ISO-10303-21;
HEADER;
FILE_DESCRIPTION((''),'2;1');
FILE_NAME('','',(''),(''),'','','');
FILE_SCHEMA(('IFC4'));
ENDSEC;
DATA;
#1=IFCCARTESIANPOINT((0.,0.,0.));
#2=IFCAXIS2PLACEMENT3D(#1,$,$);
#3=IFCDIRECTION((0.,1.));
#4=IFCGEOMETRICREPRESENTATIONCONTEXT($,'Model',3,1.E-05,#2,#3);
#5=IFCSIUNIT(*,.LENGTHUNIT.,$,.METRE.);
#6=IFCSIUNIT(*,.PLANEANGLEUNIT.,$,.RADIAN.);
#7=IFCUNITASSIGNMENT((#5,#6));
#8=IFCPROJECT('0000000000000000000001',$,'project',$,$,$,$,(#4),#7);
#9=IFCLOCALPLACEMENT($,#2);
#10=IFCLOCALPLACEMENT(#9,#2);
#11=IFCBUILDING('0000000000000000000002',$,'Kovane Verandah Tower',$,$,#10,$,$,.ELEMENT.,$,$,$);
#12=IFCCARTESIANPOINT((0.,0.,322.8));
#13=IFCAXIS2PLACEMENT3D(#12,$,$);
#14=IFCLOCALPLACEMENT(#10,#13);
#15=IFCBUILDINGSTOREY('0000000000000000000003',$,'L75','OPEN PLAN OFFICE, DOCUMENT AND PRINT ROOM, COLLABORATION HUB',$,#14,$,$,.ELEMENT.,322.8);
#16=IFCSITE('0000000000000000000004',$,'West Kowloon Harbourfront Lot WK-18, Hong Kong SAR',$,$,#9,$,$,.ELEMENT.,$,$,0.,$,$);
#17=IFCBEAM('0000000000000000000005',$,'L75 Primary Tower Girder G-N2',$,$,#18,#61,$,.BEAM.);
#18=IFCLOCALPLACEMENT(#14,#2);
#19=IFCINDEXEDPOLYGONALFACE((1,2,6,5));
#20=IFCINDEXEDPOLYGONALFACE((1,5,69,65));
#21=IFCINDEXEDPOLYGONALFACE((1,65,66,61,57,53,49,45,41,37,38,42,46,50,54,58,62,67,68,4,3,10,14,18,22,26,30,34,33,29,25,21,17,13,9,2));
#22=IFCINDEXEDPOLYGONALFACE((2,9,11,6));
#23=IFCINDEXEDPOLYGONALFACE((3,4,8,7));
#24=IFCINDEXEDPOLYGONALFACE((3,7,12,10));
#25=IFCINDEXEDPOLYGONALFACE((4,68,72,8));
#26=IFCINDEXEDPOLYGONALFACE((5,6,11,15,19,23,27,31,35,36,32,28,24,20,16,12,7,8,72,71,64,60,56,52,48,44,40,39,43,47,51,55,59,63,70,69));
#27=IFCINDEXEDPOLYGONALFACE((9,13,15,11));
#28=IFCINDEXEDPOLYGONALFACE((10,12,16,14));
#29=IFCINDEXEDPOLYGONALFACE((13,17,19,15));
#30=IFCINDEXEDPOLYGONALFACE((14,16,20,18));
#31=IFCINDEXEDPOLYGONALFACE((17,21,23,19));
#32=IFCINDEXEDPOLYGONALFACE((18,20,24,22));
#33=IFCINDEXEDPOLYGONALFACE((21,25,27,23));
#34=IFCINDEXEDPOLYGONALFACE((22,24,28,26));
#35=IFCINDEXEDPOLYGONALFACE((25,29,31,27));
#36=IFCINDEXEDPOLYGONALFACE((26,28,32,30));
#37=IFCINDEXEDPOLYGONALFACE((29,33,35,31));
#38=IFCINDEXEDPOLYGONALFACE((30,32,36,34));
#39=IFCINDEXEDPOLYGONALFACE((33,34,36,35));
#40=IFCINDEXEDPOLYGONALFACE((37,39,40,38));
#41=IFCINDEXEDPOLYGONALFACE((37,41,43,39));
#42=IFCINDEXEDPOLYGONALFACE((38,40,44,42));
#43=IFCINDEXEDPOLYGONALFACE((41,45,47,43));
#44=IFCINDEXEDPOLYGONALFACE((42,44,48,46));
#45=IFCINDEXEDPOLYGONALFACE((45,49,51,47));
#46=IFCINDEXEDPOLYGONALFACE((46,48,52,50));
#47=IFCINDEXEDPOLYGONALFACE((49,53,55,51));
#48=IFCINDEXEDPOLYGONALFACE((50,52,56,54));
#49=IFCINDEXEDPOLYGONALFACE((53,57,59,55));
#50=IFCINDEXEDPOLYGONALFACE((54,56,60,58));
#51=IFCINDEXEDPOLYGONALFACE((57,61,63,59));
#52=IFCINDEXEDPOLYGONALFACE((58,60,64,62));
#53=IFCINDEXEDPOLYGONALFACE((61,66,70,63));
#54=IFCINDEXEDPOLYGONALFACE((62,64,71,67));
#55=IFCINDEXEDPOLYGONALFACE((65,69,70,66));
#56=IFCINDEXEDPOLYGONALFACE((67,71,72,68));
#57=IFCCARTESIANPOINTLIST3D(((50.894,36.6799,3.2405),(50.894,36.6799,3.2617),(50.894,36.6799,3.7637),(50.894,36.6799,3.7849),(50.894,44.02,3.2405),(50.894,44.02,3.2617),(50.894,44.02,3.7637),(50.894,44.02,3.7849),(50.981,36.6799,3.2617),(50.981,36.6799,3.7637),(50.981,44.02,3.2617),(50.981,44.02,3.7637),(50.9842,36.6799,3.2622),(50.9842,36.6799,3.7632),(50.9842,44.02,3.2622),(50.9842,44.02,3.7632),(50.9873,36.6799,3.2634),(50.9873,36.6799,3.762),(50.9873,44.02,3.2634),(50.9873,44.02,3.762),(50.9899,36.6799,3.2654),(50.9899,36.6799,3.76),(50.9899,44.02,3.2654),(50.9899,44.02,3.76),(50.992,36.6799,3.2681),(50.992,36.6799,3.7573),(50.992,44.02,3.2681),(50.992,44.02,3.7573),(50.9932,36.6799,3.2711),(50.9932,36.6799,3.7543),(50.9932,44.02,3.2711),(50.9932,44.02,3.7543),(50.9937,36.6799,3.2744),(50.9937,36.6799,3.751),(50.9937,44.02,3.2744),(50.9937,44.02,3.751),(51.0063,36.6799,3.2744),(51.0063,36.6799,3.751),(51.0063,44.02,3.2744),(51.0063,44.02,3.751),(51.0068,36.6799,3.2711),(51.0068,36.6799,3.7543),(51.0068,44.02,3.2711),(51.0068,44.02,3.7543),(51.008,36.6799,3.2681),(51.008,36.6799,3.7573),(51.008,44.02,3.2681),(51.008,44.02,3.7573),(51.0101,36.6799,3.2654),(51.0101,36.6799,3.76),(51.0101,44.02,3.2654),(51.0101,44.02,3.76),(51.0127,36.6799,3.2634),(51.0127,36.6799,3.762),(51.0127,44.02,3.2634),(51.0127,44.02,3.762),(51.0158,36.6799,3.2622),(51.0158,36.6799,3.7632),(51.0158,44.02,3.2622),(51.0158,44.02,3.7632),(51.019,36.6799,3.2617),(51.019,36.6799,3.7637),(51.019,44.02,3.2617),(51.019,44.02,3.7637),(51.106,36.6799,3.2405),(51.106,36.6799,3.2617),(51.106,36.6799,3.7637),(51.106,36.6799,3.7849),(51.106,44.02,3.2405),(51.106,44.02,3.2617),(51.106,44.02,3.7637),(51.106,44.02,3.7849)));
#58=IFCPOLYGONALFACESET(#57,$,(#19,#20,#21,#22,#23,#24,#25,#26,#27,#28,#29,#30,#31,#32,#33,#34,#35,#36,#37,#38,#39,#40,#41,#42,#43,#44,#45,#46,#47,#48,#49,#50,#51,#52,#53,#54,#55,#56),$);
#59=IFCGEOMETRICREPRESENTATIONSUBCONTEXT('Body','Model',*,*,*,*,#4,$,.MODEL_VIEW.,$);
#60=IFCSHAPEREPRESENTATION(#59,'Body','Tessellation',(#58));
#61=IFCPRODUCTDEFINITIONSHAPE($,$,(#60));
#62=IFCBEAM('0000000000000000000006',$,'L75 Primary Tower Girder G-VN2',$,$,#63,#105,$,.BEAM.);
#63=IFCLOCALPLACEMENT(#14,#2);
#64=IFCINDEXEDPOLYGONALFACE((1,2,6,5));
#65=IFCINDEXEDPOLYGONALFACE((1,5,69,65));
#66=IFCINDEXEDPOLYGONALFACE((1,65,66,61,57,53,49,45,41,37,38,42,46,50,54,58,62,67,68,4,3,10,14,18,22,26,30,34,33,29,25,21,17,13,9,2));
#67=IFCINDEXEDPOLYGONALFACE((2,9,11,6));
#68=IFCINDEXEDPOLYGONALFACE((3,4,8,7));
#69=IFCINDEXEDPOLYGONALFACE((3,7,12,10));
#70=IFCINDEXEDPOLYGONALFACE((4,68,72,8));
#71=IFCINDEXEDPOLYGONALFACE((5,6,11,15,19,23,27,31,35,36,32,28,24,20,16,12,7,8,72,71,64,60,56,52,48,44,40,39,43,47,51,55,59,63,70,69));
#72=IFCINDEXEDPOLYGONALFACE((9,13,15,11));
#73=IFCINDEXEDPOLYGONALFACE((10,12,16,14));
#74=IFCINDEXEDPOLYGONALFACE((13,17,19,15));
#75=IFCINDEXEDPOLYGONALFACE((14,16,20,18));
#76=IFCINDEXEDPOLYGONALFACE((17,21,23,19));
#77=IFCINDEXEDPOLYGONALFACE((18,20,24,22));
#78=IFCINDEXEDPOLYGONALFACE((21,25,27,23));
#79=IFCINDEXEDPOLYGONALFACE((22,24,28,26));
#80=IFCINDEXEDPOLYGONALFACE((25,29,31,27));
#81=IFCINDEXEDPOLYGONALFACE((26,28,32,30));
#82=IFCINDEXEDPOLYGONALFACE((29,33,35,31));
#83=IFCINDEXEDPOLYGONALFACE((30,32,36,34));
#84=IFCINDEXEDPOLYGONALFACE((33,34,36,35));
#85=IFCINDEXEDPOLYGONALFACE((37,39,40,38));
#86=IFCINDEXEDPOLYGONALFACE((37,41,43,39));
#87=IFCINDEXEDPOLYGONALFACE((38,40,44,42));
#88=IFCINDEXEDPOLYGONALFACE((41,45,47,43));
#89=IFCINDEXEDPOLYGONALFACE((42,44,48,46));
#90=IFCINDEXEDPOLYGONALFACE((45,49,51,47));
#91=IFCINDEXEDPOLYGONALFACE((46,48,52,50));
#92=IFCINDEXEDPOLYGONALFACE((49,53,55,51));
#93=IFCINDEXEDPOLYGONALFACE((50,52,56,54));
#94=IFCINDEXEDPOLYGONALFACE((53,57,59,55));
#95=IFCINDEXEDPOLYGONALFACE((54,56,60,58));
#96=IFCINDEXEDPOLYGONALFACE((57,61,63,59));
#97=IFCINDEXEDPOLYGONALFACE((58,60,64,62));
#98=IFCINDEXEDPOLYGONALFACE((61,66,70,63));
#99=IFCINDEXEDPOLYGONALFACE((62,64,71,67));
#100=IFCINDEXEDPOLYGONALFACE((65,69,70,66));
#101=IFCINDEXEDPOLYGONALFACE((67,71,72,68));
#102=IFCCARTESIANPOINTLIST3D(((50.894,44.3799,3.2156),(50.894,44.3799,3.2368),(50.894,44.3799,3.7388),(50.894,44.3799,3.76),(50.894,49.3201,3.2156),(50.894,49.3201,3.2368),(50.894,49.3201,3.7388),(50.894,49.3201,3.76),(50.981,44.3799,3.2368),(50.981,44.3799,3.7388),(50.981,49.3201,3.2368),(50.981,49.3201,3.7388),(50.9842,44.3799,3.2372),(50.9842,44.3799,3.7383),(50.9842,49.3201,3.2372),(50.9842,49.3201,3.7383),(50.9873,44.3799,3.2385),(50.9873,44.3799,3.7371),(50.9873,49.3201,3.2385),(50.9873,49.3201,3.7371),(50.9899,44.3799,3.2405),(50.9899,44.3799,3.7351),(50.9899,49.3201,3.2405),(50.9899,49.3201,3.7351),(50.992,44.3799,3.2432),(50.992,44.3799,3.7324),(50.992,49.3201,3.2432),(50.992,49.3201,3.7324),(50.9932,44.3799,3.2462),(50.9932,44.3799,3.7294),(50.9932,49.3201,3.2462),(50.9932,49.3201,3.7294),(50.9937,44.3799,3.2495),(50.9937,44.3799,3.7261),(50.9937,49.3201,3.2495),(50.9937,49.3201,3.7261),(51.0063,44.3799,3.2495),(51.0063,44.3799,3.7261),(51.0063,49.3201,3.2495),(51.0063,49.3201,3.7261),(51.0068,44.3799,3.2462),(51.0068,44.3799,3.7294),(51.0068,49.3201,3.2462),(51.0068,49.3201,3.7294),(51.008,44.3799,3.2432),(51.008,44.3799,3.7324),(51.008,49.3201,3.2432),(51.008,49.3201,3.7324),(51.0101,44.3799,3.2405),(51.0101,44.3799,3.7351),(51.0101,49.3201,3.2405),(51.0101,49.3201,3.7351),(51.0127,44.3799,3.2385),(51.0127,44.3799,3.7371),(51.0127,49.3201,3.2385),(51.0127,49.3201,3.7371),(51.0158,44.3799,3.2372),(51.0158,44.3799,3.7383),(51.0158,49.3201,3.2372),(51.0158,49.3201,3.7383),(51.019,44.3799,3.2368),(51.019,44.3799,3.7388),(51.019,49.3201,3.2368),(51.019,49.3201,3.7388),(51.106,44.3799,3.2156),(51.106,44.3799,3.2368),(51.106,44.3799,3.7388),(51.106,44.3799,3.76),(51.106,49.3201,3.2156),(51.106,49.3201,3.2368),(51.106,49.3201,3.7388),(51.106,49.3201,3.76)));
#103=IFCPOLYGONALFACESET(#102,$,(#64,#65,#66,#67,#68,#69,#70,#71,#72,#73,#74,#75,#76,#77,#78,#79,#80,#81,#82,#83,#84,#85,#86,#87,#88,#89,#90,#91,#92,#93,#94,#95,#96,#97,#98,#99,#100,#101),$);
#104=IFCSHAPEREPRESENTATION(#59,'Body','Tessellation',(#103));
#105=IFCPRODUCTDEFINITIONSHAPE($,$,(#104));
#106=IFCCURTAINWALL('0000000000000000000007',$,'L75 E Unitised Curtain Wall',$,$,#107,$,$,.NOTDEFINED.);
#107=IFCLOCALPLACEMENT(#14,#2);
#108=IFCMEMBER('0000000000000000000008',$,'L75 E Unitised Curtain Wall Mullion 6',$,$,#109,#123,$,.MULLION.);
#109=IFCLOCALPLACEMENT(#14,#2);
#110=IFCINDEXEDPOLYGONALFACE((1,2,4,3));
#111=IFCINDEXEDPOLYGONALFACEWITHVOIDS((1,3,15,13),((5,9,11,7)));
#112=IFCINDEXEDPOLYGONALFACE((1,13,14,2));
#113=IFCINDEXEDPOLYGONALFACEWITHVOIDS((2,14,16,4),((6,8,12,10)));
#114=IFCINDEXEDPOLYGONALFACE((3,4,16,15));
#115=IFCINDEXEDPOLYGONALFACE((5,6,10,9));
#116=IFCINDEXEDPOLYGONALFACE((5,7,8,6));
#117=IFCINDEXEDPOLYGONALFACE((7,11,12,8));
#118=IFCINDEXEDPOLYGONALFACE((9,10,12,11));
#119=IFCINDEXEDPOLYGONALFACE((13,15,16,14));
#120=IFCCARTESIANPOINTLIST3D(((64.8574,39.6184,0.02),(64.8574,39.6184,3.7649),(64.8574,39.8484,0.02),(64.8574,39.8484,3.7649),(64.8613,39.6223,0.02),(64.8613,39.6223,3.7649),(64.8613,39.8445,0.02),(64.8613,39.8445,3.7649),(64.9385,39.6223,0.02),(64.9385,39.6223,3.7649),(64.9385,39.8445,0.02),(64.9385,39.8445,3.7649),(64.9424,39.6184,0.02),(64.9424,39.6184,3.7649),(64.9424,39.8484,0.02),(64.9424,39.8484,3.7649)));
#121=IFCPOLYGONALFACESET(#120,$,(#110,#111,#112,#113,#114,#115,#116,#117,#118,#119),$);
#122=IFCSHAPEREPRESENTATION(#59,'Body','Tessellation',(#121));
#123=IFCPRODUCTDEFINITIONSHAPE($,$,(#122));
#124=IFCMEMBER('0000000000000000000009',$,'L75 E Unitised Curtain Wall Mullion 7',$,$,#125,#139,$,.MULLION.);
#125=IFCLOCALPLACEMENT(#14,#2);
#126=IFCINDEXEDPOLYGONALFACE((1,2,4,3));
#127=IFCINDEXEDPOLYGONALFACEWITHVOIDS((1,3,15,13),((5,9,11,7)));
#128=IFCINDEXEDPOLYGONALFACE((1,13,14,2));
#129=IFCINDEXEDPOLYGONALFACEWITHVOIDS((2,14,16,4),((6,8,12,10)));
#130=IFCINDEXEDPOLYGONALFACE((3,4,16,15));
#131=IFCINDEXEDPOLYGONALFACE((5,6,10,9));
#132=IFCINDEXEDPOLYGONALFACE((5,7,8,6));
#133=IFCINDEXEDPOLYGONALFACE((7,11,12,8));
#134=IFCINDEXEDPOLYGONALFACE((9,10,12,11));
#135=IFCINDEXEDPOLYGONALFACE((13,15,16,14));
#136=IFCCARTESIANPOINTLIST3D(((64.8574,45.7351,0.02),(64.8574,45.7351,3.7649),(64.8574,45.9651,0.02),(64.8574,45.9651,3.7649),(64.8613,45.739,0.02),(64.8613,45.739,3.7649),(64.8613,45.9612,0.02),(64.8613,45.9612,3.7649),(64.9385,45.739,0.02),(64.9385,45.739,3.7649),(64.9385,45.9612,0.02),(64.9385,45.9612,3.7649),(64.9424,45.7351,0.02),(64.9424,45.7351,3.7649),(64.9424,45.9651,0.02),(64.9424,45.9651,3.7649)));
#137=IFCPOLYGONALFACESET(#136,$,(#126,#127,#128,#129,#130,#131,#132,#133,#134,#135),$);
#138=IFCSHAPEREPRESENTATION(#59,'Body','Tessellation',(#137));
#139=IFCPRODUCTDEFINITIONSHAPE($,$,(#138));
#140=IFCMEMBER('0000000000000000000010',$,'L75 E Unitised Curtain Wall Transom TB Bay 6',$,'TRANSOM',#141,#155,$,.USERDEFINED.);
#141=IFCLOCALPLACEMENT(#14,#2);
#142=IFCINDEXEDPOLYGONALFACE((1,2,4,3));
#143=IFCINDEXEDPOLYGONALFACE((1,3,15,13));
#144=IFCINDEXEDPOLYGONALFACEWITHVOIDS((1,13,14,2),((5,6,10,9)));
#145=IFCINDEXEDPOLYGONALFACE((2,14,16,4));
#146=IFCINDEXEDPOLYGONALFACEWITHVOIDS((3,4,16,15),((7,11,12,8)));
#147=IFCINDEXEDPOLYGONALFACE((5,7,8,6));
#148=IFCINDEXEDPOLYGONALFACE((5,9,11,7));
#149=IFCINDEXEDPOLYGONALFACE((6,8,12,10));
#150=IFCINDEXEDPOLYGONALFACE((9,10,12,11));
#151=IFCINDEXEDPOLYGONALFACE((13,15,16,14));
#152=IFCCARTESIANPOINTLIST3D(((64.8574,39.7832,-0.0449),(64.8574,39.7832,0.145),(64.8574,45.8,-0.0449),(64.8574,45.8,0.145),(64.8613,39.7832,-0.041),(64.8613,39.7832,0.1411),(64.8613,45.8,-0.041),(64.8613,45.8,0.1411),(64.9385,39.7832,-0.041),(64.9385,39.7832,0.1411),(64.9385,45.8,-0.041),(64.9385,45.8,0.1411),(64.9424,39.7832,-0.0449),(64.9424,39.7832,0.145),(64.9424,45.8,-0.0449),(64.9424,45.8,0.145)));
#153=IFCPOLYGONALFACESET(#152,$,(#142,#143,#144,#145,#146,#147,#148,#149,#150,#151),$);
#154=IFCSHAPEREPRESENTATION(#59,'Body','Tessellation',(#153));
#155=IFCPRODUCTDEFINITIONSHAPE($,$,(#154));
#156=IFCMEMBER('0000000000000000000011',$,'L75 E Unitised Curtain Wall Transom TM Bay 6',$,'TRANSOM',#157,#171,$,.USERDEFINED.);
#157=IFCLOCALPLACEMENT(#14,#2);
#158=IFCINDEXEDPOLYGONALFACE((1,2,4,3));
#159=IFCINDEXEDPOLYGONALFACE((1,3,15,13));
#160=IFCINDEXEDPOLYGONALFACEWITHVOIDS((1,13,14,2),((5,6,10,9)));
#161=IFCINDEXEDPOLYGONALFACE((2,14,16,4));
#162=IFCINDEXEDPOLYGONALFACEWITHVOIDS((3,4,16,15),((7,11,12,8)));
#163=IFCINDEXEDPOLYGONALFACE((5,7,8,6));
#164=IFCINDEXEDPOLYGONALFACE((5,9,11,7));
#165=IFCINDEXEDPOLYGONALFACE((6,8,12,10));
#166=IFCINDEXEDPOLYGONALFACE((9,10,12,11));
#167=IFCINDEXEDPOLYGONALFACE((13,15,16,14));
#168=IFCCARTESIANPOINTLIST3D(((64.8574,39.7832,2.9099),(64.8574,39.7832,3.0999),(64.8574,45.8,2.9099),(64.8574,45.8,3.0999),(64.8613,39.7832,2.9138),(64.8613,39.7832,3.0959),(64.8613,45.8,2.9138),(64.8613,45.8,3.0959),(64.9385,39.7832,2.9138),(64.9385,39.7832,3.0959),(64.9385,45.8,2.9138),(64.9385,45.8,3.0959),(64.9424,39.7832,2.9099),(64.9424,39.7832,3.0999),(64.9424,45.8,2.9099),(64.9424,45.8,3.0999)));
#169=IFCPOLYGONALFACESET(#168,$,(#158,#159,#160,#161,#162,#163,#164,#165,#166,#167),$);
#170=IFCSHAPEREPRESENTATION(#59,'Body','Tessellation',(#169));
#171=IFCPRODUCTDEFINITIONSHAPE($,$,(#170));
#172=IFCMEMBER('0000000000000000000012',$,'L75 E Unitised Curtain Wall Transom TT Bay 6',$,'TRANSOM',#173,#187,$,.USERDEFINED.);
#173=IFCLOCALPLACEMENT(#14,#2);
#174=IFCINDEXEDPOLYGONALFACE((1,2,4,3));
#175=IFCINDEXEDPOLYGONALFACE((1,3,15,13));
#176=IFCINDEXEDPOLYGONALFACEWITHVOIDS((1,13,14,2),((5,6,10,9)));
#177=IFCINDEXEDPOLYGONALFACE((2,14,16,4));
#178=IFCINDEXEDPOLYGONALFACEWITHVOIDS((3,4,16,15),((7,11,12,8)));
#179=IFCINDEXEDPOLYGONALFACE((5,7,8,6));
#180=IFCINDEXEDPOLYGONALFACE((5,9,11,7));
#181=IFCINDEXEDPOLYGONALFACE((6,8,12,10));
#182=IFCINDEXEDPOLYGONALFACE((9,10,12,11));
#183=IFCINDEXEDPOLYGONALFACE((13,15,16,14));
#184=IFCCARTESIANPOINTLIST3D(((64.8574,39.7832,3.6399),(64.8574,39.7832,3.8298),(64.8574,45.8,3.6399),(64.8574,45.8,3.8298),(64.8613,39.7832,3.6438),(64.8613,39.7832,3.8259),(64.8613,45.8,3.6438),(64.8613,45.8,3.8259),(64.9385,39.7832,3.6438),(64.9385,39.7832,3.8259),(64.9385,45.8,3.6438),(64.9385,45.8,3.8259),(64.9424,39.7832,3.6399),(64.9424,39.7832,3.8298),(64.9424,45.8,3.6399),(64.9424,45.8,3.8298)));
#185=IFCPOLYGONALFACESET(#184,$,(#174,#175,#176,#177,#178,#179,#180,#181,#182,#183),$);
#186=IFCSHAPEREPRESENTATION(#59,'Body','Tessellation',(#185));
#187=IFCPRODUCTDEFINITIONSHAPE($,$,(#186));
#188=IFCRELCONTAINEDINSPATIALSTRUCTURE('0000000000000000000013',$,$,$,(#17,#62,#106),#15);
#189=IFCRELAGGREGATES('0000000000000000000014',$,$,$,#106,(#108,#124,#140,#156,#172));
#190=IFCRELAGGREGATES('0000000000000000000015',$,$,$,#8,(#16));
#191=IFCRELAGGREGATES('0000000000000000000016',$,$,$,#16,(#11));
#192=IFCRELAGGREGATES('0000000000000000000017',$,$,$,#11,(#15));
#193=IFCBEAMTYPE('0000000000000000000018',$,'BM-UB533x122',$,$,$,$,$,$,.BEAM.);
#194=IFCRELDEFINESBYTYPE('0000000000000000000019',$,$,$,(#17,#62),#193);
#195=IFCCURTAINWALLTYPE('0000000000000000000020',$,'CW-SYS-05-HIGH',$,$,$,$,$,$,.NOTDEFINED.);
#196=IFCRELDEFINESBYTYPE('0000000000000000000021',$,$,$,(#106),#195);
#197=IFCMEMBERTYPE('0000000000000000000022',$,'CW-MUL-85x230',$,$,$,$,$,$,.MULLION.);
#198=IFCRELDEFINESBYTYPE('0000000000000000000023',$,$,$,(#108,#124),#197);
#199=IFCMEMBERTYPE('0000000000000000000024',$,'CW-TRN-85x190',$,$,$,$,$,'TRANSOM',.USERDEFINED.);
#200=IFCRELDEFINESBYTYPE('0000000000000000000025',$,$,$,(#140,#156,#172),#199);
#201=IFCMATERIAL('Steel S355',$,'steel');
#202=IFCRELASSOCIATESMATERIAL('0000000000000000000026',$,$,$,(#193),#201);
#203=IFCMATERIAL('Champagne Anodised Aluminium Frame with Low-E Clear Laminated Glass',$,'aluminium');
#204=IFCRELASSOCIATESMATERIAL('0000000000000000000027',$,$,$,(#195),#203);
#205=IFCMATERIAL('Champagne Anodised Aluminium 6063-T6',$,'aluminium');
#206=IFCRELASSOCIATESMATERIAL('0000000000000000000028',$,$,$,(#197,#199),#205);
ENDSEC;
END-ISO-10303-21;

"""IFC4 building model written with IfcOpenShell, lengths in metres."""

from ifc_helpers import new_model, si_unit, direction, frame, origin, origin_2d, place, context, subcontext, project, spatial, hollow_rectangle, i_section, extrude, material, material_profile, profile_set, type_object, element, aggregate, save


model = new_model("IFC4")

# Units and contexts
model_context = context("Model", 3, precision=1e-05, world=origin(), true_north=direction((0.0, 1.0)))
body_context = subcontext(model_context, "Body", "Model", "MODEL_VIEW")
ifc_project = project(units=[si_unit("LENGTHUNIT", "METRE"), si_unit("PLANEANGLEUNIT", "RADIAN")], contexts=[model_context])

# Site, building, storey
site_placement = place(None, origin())
site = spatial("IfcSite", under=ifc_project, at=site_placement, Name="West Kowloon Harbourfront Lot WK-18, Hong Kong SAR", CompositionType="ELEMENT", RefElevation=0.0)
building_placement = place(site_placement, origin())
building = spatial("IfcBuilding", under=site, at=building_placement, Name="Kovane Verandah Tower", CompositionType="ELEMENT")
storey_placement = place(building_placement, frame((0.0, 0.0, 322.8)))
storey = spatial("IfcBuildingStorey", under=building, at=storey_placement, Name="L75", Description="OPEN PLAN OFFICE, DOCUMENT AND PRINT ROOM, COLLABORATION HUB", CompositionType="ELEMENT", Elevation=322.8)

# Beams
ifc_material_1 = material(Name="Steel S355", Category="steel")
ifc_material_profile_1 = material_profile(ifc_material_1, i_section(OverallWidth=0.2119, OverallDepth=0.5444, WebThickness=0.0127, FlangeThickness=0.0212, FilletRadius=0.0127, at=origin_2d()), Name="UB533x210x122")
ifc_profile_set_1 = profile_set([ifc_material_profile_1], Name="Steel S355")
beam_type_1 = type_object("IfcBeamType", Name="BM-UB533x122", PredefinedType="BEAM", material=ifc_profile_set_1)
for number, where, z_axis, x_axis, name in (
    (1, (51.0, 36.6799, 3.5127), (0.0, 1.0, 0.0), (-1.0, 0.0, 0.0), "L75 Primary Tower Girder G-N2"),
):
    element("IfcBeam", number, at=place(storey_placement, frame(where, z_axis=z_axis, x_axis=x_axis)), inside=storey, type_object=beam_type_1, Name=name, PredefinedType="BEAM", context=body_context, shape_type="SweptSolid", body=[
        extrude(i_section(OverallWidth=0.2119, OverallDepth=0.5444, WebThickness=0.0127, FlangeThickness=0.0212, FilletRadius=0.0127, at=origin_2d()), origin(), (0.0, 0.0, 1.0), 7.3401),
    ])
beam_1_placement = place(storey_placement, frame((51.0, 44.3799, 3.4878), z_axis=(0.0, 1.0, 0.0), x_axis=(-1.0, 0.0, 0.0)))
element("IfcBeam", 2, at=beam_1_placement, inside=storey, type_object=beam_type_1, Name="L75 Primary Tower Girder G-VN2", PredefinedType="BEAM", context=body_context, shape_type="SweptSolid", body=[
    extrude(i_section(OverallWidth=0.2119, OverallDepth=0.5444, WebThickness=0.0127, FlangeThickness=0.0212, FilletRadius=0.0127, at=origin_2d()), origin(), (0.0, 0.0, 1.0), 4.9402),
])

# Curtain wall, members
ifc_material_2 = material(Name="Champagne Anodised Aluminium Frame with Low-E Clear Laminated Glass", Category="aluminium")
curtain_wall_type = type_object("IfcCurtainWallType", Name="CW-SYS-05-HIGH", PredefinedType="NOTDEFINED", material=ifc_material_2)
curtain_wall_placement = place(storey_placement, origin())
curtain_wall = element("IfcCurtainWall", 3, at=curtain_wall_placement, inside=storey, type_object=curtain_wall_type, Name="L75 E Unitised Curtain Wall", PredefinedType="NOTDEFINED")
ifc_material_3 = material(Name="Champagne Anodised Aluminium 6063-T6", Category="aluminium")
ifc_material_profile_2 = material_profile(ifc_material_3, hollow_rectangle(XDim=0.085, YDim=0.23, WallThickness=0.0039, at=origin_2d()), Name="AL85x230x4")
ifc_profile_set_2 = profile_set([ifc_material_profile_2], Name="Champagne Anodised Aluminium 6063-T6")
member_type_1 = type_object("IfcMemberType", Name="CW-MUL-85x230", PredefinedType="MULLION", material=ifc_profile_set_2)
member_1_placement = place(storey_placement, frame((64.8999, 39.7334, 0.02), z_axis=(0.0, 0.0, 1.0), x_axis=(1.0, 0.0, 0.0)))
member_1 = element("IfcMember", 4, at=member_1_placement, type_object=member_type_1, Name="L75 E Unitised Curtain Wall Mullion 6", PredefinedType="MULLION", context=body_context, shape_type="SweptSolid", body=[
    extrude(hollow_rectangle(XDim=0.085, YDim=0.23, WallThickness=0.0039, at=origin_2d()), origin(), (0.0, 0.0, 1.0), 3.7449),
])
member_2_placement = place(storey_placement, frame((64.8999, 45.8501, 0.02), z_axis=(0.0, 0.0, 1.0), x_axis=(1.0, 0.0, 0.0)))
member_2 = element("IfcMember", 5, at=member_2_placement, type_object=member_type_1, Name="L75 E Unitised Curtain Wall Mullion 7", PredefinedType="MULLION", context=body_context, shape_type="SweptSolid", body=[
    extrude(hollow_rectangle(XDim=0.085, YDim=0.23, WallThickness=0.0039, at=origin_2d()), origin(), (0.0, 0.0, 1.0), 3.7449),
])
ifc_material_profile_3 = material_profile(ifc_material_3, hollow_rectangle(XDim=0.085, YDim=0.1899, WallThickness=0.0039, at=origin_2d()), Name="AL85x190x4")
ifc_profile_set_3 = profile_set([ifc_material_profile_3], Name="Champagne Anodised Aluminium 6063-T6")
member_type_2 = type_object("IfcMemberType", Name="CW-TRN-85x190", ElementType="TRANSOM", PredefinedType="USERDEFINED", material=ifc_profile_set_3)
member_3_placement = place(storey_placement, frame((64.8999, 39.7832, 0.05), z_axis=(0.0, 1.0, 0.0), x_axis=(-1.0, 0.0, 0.0)))
member_3 = element("IfcMember", 6, at=member_3_placement, type_object=member_type_2, Name="L75 E Unitised Curtain Wall Transom TB Bay 6", ObjectType="TRANSOM", PredefinedType="USERDEFINED", context=body_context, shape_type="SweptSolid", body=[
    extrude(hollow_rectangle(XDim=0.085, YDim=0.1899, WallThickness=0.0039, at=origin_2d()), origin(), (0.0, 0.0, 1.0), 6.0168),
])
member_4_placement = place(storey_placement, frame((64.8999, 39.7832, 3.0049), z_axis=(0.0, 1.0, 0.0), x_axis=(-1.0, 0.0, 0.0)))
member_4 = element("IfcMember", 7, at=member_4_placement, type_object=member_type_2, Name="L75 E Unitised Curtain Wall Transom TM Bay 6", ObjectType="TRANSOM", PredefinedType="USERDEFINED", context=body_context, shape_type="SweptSolid", body=[
    extrude(hollow_rectangle(XDim=0.085, YDim=0.1899, WallThickness=0.0039, at=origin_2d()), origin(), (0.0, 0.0, 1.0), 6.0168),
])
member_5_placement = place(storey_placement, frame((64.8999, 39.7832, 3.7349), z_axis=(0.0, 1.0, 0.0), x_axis=(-1.0, 0.0, 0.0)))
member_5 = element("IfcMember", 8, at=member_5_placement, type_object=member_type_2, Name="L75 E Unitised Curtain Wall Transom TT Bay 6", ObjectType="TRANSOM", PredefinedType="USERDEFINED", context=body_context, shape_type="SweptSolid", body=[
    extrude(hollow_rectangle(XDim=0.085, YDim=0.1899, WallThickness=0.0039, at=origin_2d()), origin(), (0.0, 0.0, 1.0), 6.0168),
])

aggregate(curtain_wall, [member_1, member_2, member_3, member_4, member_5])

save(model, "model.ifc")
